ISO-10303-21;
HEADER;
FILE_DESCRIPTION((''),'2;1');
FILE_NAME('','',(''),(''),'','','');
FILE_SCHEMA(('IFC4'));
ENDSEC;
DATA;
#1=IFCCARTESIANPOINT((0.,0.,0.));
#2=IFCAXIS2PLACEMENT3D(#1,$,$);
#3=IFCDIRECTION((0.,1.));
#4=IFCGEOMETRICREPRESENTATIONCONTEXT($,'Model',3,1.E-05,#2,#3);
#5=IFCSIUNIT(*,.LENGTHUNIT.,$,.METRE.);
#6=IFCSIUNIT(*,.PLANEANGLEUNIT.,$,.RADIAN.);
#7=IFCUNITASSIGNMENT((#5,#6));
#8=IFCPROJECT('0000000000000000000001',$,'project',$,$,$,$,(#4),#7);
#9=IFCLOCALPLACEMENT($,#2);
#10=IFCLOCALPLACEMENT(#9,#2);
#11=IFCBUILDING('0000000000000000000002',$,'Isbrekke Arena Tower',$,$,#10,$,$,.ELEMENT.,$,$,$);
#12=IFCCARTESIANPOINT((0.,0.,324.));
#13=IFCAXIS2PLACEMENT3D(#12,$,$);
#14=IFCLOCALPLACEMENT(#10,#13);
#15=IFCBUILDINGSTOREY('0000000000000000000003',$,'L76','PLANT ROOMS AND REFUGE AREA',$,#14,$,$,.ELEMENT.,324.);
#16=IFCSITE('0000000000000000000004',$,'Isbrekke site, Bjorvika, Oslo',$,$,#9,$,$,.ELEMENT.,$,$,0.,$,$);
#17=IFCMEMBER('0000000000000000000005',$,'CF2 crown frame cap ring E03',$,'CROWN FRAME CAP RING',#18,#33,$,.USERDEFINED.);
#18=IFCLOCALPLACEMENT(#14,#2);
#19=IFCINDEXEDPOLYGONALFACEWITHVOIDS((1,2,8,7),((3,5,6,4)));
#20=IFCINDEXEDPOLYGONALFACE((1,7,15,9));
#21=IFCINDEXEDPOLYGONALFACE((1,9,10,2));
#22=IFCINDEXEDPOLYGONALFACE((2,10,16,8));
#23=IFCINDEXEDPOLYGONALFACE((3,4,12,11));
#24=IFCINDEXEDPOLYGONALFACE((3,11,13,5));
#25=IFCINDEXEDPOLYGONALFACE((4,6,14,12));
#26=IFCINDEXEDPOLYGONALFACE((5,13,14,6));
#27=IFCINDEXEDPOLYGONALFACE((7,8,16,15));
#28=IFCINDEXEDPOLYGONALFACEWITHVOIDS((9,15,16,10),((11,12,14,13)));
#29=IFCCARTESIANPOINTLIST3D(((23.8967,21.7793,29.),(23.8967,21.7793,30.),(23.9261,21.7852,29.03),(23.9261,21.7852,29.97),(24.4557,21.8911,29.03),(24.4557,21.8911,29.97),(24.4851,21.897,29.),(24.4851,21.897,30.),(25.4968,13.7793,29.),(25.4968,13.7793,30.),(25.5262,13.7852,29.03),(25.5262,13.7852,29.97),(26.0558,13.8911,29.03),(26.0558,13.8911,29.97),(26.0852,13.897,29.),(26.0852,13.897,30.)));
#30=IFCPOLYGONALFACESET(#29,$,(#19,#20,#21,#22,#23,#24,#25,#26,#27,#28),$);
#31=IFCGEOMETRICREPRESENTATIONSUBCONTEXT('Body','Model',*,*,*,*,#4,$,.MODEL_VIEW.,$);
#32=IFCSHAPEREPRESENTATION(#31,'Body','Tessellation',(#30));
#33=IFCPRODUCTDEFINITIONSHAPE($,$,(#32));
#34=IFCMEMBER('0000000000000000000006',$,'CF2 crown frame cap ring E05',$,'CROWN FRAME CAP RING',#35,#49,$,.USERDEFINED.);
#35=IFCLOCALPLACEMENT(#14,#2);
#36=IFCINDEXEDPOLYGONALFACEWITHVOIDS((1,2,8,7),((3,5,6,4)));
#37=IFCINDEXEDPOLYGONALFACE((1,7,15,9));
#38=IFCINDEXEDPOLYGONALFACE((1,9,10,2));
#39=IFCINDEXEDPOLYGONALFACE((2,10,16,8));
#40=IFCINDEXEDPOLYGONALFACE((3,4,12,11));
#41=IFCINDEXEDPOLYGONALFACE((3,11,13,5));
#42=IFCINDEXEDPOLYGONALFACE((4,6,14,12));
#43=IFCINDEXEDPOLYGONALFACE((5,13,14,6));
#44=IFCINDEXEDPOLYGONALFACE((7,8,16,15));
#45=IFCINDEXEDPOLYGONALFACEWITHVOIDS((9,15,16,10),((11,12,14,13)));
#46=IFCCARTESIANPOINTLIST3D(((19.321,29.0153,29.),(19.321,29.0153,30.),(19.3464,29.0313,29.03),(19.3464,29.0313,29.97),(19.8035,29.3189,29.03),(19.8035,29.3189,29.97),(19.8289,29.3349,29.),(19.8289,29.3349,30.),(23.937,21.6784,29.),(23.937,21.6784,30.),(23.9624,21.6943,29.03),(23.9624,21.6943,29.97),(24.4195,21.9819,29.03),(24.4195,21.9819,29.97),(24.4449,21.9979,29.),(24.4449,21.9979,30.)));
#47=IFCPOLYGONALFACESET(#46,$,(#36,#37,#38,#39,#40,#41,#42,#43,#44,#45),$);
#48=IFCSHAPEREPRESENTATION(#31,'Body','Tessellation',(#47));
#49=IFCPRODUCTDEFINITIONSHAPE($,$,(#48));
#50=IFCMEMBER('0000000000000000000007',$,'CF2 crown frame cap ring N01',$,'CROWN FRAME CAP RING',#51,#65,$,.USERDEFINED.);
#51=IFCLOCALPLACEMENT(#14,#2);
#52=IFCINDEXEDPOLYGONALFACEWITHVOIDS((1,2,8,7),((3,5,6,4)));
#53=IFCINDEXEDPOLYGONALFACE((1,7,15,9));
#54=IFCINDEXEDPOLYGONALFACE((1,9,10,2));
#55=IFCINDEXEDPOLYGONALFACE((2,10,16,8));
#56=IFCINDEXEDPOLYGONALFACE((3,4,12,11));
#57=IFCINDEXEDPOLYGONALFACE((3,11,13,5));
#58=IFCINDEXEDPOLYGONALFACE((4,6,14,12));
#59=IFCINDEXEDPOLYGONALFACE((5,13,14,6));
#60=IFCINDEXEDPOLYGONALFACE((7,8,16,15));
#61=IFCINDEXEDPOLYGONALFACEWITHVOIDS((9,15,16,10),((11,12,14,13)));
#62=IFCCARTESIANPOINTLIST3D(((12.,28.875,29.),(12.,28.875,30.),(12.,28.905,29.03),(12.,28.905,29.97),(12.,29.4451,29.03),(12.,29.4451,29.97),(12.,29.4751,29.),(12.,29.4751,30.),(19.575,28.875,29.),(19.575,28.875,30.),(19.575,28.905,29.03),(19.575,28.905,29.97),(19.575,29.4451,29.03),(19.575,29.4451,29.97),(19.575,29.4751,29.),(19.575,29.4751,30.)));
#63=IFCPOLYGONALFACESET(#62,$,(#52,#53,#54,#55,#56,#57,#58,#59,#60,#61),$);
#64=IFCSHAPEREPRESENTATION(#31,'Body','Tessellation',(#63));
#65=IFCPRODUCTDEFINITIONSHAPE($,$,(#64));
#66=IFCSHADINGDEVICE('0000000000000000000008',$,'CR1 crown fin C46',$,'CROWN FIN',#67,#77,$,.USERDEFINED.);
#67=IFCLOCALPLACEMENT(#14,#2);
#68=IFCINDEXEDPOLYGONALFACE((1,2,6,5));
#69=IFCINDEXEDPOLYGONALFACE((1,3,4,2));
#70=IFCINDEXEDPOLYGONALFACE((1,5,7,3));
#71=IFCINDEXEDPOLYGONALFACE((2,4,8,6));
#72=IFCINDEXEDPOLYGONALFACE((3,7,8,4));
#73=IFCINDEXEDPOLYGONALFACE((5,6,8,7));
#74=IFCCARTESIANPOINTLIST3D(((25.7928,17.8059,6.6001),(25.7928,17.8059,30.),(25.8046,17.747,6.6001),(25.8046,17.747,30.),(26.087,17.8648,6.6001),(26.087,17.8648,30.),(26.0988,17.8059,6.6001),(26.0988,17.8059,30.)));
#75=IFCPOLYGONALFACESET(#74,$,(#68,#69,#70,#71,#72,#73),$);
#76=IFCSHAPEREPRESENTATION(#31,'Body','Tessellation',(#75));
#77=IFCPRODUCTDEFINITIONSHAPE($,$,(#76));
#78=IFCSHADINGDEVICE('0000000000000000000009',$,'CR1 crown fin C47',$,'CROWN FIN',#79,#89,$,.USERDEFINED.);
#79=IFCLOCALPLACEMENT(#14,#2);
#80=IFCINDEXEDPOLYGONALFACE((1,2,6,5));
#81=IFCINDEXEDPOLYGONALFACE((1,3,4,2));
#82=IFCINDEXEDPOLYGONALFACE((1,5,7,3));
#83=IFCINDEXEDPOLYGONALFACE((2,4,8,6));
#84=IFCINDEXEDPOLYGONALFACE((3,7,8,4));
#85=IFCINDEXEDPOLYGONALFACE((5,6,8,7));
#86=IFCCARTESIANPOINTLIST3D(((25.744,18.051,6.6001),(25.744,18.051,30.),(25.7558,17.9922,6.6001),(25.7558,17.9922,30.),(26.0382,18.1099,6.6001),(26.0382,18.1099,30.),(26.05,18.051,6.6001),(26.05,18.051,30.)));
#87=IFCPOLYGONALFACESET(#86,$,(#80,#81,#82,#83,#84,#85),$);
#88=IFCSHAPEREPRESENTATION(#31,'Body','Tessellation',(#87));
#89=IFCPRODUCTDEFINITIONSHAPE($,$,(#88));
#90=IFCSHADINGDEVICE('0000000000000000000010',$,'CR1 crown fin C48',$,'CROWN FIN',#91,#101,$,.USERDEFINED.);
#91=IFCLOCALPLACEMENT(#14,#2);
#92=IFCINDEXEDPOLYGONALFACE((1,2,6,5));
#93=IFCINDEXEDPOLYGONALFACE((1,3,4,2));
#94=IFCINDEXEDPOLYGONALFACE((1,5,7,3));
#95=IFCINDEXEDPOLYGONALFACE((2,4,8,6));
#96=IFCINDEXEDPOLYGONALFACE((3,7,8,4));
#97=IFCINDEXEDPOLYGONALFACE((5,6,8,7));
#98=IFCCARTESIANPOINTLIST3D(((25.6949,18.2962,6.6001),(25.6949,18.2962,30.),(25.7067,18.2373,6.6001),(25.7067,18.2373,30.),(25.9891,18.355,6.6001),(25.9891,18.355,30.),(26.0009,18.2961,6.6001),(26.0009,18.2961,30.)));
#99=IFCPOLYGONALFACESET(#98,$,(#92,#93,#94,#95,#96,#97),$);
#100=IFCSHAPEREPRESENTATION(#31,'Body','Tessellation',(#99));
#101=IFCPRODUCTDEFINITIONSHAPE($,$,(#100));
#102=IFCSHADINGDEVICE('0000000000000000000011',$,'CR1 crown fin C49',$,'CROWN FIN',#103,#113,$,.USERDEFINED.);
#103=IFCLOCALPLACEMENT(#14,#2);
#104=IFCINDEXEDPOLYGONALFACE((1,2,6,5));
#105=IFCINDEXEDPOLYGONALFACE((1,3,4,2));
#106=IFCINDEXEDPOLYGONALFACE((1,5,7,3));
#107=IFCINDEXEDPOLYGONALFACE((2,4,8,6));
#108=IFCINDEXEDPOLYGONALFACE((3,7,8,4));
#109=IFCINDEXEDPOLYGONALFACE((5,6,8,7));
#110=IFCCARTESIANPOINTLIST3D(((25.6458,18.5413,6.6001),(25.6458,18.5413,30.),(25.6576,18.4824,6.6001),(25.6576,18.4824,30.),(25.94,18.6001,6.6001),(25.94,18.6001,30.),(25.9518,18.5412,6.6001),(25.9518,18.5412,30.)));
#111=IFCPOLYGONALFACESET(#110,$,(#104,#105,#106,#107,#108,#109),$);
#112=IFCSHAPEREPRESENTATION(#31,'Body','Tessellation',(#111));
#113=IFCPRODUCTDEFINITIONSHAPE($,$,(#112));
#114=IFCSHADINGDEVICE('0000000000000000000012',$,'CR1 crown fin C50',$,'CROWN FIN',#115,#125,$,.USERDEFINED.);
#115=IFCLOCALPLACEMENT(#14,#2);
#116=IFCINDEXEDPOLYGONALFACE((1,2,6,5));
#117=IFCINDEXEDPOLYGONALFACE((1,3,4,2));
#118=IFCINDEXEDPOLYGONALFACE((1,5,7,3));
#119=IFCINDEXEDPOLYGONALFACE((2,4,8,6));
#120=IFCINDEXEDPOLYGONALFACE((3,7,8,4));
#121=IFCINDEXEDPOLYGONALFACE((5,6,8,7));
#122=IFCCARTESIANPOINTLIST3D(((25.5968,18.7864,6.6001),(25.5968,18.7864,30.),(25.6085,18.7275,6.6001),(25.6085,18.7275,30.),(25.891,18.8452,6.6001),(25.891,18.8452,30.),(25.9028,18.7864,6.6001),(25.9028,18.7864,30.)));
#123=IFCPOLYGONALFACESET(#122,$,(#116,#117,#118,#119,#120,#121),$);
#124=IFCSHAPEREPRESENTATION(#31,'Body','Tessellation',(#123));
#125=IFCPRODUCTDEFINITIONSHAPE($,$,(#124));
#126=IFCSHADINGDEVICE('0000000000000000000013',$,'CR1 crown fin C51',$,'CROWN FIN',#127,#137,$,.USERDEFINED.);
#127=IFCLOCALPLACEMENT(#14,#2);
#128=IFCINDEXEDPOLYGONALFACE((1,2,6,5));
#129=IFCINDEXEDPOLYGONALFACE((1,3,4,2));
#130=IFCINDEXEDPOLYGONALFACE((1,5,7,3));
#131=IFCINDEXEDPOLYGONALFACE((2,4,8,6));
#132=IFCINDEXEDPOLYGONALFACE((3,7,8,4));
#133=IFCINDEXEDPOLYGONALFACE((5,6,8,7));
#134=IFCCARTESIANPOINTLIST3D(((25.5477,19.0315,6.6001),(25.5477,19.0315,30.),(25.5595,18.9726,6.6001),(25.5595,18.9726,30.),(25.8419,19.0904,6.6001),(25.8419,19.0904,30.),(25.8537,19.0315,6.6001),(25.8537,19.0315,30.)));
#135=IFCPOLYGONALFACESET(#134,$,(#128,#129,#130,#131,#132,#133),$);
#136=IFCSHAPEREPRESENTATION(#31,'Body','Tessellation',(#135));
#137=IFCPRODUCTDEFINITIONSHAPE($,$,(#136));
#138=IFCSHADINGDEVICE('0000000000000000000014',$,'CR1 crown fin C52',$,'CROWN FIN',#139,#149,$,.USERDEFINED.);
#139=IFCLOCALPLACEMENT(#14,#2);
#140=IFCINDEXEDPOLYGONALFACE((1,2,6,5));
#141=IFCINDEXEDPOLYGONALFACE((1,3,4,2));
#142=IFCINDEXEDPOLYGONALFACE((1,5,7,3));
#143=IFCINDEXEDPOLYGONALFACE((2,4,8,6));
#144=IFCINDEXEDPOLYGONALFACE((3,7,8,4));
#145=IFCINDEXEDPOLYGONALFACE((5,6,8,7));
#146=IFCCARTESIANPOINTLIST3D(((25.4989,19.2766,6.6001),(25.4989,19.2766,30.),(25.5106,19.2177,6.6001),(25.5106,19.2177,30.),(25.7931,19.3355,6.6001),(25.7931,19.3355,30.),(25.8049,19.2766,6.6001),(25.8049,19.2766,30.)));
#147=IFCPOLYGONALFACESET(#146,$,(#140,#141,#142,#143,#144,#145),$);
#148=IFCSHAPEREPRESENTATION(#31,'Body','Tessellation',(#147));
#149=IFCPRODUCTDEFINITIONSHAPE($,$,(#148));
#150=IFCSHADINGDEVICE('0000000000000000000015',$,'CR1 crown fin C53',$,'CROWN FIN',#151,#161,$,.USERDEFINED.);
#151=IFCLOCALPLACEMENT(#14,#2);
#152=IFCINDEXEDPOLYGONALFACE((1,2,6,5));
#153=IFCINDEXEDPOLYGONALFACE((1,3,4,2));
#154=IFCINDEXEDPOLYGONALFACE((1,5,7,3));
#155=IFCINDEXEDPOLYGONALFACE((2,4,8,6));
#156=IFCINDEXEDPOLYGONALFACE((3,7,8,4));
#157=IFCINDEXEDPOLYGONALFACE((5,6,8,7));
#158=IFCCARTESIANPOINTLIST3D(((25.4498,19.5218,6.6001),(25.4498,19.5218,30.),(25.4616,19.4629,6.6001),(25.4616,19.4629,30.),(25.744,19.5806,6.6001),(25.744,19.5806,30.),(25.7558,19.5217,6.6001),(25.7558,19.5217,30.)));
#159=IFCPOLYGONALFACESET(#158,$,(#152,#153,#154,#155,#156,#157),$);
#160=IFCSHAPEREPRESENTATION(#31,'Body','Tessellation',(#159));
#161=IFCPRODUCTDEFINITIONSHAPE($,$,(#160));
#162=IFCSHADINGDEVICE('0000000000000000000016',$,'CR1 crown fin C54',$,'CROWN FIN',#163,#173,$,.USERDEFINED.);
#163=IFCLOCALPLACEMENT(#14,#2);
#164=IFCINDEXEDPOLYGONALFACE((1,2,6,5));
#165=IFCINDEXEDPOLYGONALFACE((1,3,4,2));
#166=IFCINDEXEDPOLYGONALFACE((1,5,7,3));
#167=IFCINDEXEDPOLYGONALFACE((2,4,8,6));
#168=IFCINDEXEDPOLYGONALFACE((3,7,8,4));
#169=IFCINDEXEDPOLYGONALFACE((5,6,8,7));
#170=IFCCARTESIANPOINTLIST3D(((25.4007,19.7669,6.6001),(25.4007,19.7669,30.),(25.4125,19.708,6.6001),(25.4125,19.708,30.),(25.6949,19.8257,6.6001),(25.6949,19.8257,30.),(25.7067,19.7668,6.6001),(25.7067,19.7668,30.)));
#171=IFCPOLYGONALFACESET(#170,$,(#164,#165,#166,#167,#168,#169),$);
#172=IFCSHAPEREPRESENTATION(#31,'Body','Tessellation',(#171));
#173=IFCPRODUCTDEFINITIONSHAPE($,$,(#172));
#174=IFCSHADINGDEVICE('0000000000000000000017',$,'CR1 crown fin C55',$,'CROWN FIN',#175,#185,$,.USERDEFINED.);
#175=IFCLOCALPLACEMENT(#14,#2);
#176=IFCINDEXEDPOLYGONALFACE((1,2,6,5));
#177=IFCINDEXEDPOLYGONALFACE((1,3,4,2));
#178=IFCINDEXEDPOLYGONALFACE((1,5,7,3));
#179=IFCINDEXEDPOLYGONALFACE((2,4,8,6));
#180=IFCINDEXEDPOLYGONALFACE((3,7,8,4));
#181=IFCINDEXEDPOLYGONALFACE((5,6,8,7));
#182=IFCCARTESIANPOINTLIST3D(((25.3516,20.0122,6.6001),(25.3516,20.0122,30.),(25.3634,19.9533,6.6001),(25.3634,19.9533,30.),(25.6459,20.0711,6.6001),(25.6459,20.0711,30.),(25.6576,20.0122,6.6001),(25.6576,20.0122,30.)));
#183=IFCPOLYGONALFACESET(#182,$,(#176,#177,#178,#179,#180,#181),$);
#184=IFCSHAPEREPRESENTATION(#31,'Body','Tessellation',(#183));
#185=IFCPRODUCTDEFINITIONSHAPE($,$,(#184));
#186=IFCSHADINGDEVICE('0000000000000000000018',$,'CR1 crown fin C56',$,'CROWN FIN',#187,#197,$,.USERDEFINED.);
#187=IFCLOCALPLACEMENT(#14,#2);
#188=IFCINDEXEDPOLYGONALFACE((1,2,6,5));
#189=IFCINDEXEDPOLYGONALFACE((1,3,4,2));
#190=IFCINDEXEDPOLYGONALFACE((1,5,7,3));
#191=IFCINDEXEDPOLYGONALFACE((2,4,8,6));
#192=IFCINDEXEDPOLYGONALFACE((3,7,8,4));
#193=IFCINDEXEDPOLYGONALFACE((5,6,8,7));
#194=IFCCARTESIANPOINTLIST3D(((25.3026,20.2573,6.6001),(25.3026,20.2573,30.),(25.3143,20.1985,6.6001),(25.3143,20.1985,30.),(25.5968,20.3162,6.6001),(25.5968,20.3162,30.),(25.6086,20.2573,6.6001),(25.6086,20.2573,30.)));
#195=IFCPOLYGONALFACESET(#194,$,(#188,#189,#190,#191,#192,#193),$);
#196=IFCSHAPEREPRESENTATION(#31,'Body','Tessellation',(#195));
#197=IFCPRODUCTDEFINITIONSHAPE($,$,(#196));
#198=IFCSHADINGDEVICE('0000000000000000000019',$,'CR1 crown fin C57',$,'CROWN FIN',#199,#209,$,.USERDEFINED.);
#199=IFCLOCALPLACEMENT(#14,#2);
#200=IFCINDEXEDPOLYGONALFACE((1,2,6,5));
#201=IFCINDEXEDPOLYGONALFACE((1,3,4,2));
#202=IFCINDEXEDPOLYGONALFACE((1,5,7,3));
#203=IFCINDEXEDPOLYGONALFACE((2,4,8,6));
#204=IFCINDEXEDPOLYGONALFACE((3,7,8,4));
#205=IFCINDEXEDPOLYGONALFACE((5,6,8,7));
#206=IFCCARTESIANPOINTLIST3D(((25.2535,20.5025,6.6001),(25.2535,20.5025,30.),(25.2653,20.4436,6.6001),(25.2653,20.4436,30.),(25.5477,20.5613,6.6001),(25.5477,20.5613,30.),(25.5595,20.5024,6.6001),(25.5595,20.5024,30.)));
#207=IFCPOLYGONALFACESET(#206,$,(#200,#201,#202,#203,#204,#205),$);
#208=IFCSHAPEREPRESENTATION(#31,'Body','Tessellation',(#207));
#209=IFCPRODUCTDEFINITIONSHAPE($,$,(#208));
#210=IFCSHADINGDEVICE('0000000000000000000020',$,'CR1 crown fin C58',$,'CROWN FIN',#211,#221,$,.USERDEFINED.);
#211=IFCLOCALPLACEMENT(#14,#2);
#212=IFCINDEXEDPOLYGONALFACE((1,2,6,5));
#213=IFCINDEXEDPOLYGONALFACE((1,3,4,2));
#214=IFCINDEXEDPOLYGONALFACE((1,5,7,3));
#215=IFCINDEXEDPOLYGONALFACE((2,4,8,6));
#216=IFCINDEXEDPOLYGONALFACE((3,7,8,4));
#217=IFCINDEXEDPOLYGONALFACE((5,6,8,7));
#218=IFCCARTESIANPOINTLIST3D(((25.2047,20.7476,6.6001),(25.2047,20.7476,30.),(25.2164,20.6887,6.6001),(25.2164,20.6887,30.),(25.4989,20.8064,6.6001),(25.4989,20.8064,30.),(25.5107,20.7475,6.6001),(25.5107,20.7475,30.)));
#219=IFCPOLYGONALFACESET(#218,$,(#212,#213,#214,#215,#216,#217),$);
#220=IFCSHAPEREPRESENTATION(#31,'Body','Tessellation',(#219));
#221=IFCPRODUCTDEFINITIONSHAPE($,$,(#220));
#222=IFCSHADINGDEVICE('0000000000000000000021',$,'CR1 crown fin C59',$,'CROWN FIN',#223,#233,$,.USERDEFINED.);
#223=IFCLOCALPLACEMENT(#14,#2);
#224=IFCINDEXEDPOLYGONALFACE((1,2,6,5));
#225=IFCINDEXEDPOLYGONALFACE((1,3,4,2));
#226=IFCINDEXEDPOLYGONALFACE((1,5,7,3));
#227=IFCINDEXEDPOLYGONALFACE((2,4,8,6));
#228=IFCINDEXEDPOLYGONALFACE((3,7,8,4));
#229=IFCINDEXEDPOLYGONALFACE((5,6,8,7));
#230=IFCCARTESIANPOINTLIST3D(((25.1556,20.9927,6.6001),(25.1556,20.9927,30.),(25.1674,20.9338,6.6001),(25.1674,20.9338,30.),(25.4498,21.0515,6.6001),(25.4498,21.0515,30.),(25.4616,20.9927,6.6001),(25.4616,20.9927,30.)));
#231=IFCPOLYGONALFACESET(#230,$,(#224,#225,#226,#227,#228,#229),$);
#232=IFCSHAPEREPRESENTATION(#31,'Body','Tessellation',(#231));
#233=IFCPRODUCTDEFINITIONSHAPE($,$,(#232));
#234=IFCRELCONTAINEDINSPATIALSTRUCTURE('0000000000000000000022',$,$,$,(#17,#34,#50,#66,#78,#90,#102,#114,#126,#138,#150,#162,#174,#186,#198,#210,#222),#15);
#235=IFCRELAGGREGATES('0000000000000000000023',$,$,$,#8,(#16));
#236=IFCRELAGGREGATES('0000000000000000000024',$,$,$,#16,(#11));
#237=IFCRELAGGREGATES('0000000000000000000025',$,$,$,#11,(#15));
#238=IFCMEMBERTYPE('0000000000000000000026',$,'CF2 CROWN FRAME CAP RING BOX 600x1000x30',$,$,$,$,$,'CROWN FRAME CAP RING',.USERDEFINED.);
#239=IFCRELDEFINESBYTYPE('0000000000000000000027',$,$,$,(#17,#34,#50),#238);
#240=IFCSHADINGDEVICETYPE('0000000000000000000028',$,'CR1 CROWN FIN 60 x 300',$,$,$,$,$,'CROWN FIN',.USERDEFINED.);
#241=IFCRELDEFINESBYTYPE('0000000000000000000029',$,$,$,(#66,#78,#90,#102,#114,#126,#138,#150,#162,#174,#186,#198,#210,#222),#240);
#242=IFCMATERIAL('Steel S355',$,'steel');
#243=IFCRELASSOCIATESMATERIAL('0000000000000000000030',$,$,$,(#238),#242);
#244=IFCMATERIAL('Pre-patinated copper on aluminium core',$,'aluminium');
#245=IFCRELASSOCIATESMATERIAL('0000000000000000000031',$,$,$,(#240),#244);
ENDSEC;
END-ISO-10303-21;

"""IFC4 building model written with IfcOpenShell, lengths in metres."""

from ifc_helpers import new_model, si_unit, direction, frame, origin, origin_2d, place, context, subcontext, project, spatial, rectangle, hollow_rectangle, extrude, material, material_profile, profile_set, type_object, element, save


model = new_model("IFC4")

# Units and contexts
model_context = context("Model", 3, precision=1e-05, world=origin(), true_north=direction((0.0, 1.0)))
body_context = subcontext(model_context, "Body", "Model", "MODEL_VIEW")
ifc_project = project(units=[si_unit("LENGTHUNIT", "METRE"), si_unit("PLANEANGLEUNIT", "RADIAN")], contexts=[model_context])

# Site, building, storey
site_placement = place(None, origin())
site = spatial("IfcSite", under=ifc_project, at=site_placement, Name="Isbrekke site, Bjorvika, Oslo", CompositionType="ELEMENT", RefElevation=0.0)
building_placement = place(site_placement, origin())
building = spatial("IfcBuilding", under=site, at=building_placement, Name="Isbrekke Arena Tower", CompositionType="ELEMENT")
storey_placement = place(building_placement, frame((0.0, 0.0, 324.0)))
storey = spatial("IfcBuildingStorey", under=building, at=storey_placement, Name="L76", Description="PLANT ROOMS AND REFUGE AREA", CompositionType="ELEMENT", Elevation=324.0)

# Members
ifc_material_1 = material(Name="Steel S355", Category="steel")
ifc_material_profile_1 = material_profile(ifc_material_1, hollow_rectangle(XDim=0.6001, YDim=1.0, WallThickness=0.03, at=origin_2d()), Name="BOX 600x1000x30")
ifc_profile_set_1 = profile_set([ifc_material_profile_1], Name="Steel S355")
member_type = type_object("IfcMemberType", Name="CF2 CROWN FRAME CAP RING BOX 600x1000x30", ElementType="CROWN FRAME CAP RING", PredefinedType="USERDEFINED", material=ifc_profile_set_1)
member_1_placement = place(storey_placement, frame((25.791, 13.8381, 29.5), z_axis=(-0.196128, 0.980578, 0.0), x_axis=(-0.980578, -0.196128, 0.0)))
element("IfcMember", 1, at=member_1_placement, inside=storey, type_object=member_type, Name="CF2 crown frame cap ring E03", ObjectType="CROWN FRAME CAP RING", PredefinedType="USERDEFINED", context=body_context, shape_type="SweptSolid", body=[
    extrude(hollow_rectangle(XDim=0.6001, YDim=1.0, WallThickness=0.03, at=origin_2d()), origin(), (0.0, 0.0, 1.0), 8.1584),
])
member_2_placement = place(storey_placement, frame((24.1909, 21.8381, 29.5), z_axis=(-0.532518, 0.846419, 0.0), x_axis=(-0.846419, -0.532518, 0.0)))
element("IfcMember", 2, at=member_2_placement, inside=storey, type_object=member_type, Name="CF2 crown frame cap ring E05", ObjectType="CROWN FRAME CAP RING", PredefinedType="USERDEFINED", context=body_context, shape_type="SweptSolid", body=[
    extrude(hollow_rectangle(XDim=0.6001, YDim=1.0, WallThickness=0.03, at=origin_2d()), origin(), (0.0, 0.0, 1.0), 8.6682),
])
member_3_placement = place(storey_placement, frame((19.575, 29.175, 29.5), z_axis=(-1.0, 0.0, 0.0), x_axis=(0.0, -1.0, 0.0)))
element("IfcMember", 3, at=member_3_placement, inside=storey, type_object=member_type, Name="CF2 crown frame cap ring N01", ObjectType="CROWN FRAME CAP RING", PredefinedType="USERDEFINED", context=body_context, shape_type="SweptSolid", body=[
    extrude(hollow_rectangle(XDim=0.6001, YDim=1.0, WallThickness=0.03, at=origin_2d()), origin(), (0.0, 0.0, 1.0), 7.575),
])

# Shading devices
ifc_material_2 = material(Name="Pre-patinated copper on aluminium core", Category="aluminium")
ifc_material_profile_2 = material_profile(ifc_material_2, rectangle(XDim=0.0601, YDim=0.3, at=origin_2d()), Name="FIN 60X300")
ifc_profile_set_2 = profile_set([ifc_material_profile_2], Name="Pre-patinated copper on aluminium core")
shading_device_type = type_object("IfcShadingDeviceType", Name="CR1 CROWN FIN 60 x 300", ElementType="CROWN FIN", PredefinedType="USERDEFINED", material=ifc_profile_set_2)
for number, where, z_axis, x_axis, name in (
    (4, (25.9458, 17.8059, 6.6001), (0.0, 0.0, 1.0), (-0.196116, 0.980581, 0.0), "CR1 crown fin C46"),
    (5, (25.897, 18.051, 6.6001), (0.0, 0.0, 1.0), (-0.196116, 0.980581, 0.0), "CR1 crown fin C47"),
    (6, (25.8479, 18.2961, 6.6001), (0.0, 0.0, 1.0), (-0.196116, 0.980581, 0.0), "CR1 crown fin C48"),
    (7, (25.7988, 18.5413, 6.6001), (0.0, 0.0, 1.0), (-0.196116, 0.980581, 0.0), "CR1 crown fin C49"),
    (8, (25.7498, 18.7864, 6.6001), (0.0, 0.0, 1.0), (-0.196116, 0.980581, 0.0), "CR1 crown fin C50"),
    (9, (25.7007, 19.0315, 6.6001), (0.0, 0.0, 1.0), (-0.196116, 0.980581, 0.0), "CR1 crown fin C51"),
    (10, (25.6519, 19.2766, 6.6001), (0.0, 0.0, 1.0), (-0.196116, 0.980581, 0.0), "CR1 crown fin C52"),
    (11, (25.6028, 19.5217, 6.6001), (0.0, 0.0, 1.0), (-0.196116, 0.980581, 0.0), "CR1 crown fin C53"),
    (12, (25.5537, 19.7668, 6.6001), (0.0, 0.0, 1.0), (-0.196116, 0.980581, 0.0), "CR1 crown fin C54"),
    (13, (25.5046, 20.0122, 6.6001), (0.0, 0.0, 1.0), (-0.196116, 0.980581, 0.0), "CR1 crown fin C55"),
    (14, (25.4556, 20.2573, 6.6001), (0.0, 0.0, 1.0), (-0.196116, 0.980581, 0.0), "CR1 crown fin C56"),
    (15, (25.4065, 20.5024, 6.6001), (0.0, 0.0, 1.0), (-0.196116, 0.980581, 0.0), "CR1 crown fin C57"),
    (16, (25.3577, 20.7476, 6.6001), (0.0, 0.0, 1.0), (-0.196116, 0.980581, 0.0), "CR1 crown fin C58"),
    (17, (25.3086, 20.9927, 6.6001), (0.0, 0.0, 1.0), (-0.196116, 0.980581, 0.0), "CR1 crown fin C59"),
):
    element("IfcShadingDevice", number, at=place(storey_placement, frame(where, z_axis=z_axis, x_axis=x_axis)), inside=storey, type_object=shading_device_type, Name=name, ObjectType="CROWN FIN", PredefinedType="USERDEFINED", context=body_context, shape_type="SweptSolid", body=[
        extrude(rectangle(XDim=0.0601, YDim=0.3, at=origin_2d()), origin(), (0.0, 0.0, 1.0), 23.3999),
    ])

save(model, "model.ifc")
